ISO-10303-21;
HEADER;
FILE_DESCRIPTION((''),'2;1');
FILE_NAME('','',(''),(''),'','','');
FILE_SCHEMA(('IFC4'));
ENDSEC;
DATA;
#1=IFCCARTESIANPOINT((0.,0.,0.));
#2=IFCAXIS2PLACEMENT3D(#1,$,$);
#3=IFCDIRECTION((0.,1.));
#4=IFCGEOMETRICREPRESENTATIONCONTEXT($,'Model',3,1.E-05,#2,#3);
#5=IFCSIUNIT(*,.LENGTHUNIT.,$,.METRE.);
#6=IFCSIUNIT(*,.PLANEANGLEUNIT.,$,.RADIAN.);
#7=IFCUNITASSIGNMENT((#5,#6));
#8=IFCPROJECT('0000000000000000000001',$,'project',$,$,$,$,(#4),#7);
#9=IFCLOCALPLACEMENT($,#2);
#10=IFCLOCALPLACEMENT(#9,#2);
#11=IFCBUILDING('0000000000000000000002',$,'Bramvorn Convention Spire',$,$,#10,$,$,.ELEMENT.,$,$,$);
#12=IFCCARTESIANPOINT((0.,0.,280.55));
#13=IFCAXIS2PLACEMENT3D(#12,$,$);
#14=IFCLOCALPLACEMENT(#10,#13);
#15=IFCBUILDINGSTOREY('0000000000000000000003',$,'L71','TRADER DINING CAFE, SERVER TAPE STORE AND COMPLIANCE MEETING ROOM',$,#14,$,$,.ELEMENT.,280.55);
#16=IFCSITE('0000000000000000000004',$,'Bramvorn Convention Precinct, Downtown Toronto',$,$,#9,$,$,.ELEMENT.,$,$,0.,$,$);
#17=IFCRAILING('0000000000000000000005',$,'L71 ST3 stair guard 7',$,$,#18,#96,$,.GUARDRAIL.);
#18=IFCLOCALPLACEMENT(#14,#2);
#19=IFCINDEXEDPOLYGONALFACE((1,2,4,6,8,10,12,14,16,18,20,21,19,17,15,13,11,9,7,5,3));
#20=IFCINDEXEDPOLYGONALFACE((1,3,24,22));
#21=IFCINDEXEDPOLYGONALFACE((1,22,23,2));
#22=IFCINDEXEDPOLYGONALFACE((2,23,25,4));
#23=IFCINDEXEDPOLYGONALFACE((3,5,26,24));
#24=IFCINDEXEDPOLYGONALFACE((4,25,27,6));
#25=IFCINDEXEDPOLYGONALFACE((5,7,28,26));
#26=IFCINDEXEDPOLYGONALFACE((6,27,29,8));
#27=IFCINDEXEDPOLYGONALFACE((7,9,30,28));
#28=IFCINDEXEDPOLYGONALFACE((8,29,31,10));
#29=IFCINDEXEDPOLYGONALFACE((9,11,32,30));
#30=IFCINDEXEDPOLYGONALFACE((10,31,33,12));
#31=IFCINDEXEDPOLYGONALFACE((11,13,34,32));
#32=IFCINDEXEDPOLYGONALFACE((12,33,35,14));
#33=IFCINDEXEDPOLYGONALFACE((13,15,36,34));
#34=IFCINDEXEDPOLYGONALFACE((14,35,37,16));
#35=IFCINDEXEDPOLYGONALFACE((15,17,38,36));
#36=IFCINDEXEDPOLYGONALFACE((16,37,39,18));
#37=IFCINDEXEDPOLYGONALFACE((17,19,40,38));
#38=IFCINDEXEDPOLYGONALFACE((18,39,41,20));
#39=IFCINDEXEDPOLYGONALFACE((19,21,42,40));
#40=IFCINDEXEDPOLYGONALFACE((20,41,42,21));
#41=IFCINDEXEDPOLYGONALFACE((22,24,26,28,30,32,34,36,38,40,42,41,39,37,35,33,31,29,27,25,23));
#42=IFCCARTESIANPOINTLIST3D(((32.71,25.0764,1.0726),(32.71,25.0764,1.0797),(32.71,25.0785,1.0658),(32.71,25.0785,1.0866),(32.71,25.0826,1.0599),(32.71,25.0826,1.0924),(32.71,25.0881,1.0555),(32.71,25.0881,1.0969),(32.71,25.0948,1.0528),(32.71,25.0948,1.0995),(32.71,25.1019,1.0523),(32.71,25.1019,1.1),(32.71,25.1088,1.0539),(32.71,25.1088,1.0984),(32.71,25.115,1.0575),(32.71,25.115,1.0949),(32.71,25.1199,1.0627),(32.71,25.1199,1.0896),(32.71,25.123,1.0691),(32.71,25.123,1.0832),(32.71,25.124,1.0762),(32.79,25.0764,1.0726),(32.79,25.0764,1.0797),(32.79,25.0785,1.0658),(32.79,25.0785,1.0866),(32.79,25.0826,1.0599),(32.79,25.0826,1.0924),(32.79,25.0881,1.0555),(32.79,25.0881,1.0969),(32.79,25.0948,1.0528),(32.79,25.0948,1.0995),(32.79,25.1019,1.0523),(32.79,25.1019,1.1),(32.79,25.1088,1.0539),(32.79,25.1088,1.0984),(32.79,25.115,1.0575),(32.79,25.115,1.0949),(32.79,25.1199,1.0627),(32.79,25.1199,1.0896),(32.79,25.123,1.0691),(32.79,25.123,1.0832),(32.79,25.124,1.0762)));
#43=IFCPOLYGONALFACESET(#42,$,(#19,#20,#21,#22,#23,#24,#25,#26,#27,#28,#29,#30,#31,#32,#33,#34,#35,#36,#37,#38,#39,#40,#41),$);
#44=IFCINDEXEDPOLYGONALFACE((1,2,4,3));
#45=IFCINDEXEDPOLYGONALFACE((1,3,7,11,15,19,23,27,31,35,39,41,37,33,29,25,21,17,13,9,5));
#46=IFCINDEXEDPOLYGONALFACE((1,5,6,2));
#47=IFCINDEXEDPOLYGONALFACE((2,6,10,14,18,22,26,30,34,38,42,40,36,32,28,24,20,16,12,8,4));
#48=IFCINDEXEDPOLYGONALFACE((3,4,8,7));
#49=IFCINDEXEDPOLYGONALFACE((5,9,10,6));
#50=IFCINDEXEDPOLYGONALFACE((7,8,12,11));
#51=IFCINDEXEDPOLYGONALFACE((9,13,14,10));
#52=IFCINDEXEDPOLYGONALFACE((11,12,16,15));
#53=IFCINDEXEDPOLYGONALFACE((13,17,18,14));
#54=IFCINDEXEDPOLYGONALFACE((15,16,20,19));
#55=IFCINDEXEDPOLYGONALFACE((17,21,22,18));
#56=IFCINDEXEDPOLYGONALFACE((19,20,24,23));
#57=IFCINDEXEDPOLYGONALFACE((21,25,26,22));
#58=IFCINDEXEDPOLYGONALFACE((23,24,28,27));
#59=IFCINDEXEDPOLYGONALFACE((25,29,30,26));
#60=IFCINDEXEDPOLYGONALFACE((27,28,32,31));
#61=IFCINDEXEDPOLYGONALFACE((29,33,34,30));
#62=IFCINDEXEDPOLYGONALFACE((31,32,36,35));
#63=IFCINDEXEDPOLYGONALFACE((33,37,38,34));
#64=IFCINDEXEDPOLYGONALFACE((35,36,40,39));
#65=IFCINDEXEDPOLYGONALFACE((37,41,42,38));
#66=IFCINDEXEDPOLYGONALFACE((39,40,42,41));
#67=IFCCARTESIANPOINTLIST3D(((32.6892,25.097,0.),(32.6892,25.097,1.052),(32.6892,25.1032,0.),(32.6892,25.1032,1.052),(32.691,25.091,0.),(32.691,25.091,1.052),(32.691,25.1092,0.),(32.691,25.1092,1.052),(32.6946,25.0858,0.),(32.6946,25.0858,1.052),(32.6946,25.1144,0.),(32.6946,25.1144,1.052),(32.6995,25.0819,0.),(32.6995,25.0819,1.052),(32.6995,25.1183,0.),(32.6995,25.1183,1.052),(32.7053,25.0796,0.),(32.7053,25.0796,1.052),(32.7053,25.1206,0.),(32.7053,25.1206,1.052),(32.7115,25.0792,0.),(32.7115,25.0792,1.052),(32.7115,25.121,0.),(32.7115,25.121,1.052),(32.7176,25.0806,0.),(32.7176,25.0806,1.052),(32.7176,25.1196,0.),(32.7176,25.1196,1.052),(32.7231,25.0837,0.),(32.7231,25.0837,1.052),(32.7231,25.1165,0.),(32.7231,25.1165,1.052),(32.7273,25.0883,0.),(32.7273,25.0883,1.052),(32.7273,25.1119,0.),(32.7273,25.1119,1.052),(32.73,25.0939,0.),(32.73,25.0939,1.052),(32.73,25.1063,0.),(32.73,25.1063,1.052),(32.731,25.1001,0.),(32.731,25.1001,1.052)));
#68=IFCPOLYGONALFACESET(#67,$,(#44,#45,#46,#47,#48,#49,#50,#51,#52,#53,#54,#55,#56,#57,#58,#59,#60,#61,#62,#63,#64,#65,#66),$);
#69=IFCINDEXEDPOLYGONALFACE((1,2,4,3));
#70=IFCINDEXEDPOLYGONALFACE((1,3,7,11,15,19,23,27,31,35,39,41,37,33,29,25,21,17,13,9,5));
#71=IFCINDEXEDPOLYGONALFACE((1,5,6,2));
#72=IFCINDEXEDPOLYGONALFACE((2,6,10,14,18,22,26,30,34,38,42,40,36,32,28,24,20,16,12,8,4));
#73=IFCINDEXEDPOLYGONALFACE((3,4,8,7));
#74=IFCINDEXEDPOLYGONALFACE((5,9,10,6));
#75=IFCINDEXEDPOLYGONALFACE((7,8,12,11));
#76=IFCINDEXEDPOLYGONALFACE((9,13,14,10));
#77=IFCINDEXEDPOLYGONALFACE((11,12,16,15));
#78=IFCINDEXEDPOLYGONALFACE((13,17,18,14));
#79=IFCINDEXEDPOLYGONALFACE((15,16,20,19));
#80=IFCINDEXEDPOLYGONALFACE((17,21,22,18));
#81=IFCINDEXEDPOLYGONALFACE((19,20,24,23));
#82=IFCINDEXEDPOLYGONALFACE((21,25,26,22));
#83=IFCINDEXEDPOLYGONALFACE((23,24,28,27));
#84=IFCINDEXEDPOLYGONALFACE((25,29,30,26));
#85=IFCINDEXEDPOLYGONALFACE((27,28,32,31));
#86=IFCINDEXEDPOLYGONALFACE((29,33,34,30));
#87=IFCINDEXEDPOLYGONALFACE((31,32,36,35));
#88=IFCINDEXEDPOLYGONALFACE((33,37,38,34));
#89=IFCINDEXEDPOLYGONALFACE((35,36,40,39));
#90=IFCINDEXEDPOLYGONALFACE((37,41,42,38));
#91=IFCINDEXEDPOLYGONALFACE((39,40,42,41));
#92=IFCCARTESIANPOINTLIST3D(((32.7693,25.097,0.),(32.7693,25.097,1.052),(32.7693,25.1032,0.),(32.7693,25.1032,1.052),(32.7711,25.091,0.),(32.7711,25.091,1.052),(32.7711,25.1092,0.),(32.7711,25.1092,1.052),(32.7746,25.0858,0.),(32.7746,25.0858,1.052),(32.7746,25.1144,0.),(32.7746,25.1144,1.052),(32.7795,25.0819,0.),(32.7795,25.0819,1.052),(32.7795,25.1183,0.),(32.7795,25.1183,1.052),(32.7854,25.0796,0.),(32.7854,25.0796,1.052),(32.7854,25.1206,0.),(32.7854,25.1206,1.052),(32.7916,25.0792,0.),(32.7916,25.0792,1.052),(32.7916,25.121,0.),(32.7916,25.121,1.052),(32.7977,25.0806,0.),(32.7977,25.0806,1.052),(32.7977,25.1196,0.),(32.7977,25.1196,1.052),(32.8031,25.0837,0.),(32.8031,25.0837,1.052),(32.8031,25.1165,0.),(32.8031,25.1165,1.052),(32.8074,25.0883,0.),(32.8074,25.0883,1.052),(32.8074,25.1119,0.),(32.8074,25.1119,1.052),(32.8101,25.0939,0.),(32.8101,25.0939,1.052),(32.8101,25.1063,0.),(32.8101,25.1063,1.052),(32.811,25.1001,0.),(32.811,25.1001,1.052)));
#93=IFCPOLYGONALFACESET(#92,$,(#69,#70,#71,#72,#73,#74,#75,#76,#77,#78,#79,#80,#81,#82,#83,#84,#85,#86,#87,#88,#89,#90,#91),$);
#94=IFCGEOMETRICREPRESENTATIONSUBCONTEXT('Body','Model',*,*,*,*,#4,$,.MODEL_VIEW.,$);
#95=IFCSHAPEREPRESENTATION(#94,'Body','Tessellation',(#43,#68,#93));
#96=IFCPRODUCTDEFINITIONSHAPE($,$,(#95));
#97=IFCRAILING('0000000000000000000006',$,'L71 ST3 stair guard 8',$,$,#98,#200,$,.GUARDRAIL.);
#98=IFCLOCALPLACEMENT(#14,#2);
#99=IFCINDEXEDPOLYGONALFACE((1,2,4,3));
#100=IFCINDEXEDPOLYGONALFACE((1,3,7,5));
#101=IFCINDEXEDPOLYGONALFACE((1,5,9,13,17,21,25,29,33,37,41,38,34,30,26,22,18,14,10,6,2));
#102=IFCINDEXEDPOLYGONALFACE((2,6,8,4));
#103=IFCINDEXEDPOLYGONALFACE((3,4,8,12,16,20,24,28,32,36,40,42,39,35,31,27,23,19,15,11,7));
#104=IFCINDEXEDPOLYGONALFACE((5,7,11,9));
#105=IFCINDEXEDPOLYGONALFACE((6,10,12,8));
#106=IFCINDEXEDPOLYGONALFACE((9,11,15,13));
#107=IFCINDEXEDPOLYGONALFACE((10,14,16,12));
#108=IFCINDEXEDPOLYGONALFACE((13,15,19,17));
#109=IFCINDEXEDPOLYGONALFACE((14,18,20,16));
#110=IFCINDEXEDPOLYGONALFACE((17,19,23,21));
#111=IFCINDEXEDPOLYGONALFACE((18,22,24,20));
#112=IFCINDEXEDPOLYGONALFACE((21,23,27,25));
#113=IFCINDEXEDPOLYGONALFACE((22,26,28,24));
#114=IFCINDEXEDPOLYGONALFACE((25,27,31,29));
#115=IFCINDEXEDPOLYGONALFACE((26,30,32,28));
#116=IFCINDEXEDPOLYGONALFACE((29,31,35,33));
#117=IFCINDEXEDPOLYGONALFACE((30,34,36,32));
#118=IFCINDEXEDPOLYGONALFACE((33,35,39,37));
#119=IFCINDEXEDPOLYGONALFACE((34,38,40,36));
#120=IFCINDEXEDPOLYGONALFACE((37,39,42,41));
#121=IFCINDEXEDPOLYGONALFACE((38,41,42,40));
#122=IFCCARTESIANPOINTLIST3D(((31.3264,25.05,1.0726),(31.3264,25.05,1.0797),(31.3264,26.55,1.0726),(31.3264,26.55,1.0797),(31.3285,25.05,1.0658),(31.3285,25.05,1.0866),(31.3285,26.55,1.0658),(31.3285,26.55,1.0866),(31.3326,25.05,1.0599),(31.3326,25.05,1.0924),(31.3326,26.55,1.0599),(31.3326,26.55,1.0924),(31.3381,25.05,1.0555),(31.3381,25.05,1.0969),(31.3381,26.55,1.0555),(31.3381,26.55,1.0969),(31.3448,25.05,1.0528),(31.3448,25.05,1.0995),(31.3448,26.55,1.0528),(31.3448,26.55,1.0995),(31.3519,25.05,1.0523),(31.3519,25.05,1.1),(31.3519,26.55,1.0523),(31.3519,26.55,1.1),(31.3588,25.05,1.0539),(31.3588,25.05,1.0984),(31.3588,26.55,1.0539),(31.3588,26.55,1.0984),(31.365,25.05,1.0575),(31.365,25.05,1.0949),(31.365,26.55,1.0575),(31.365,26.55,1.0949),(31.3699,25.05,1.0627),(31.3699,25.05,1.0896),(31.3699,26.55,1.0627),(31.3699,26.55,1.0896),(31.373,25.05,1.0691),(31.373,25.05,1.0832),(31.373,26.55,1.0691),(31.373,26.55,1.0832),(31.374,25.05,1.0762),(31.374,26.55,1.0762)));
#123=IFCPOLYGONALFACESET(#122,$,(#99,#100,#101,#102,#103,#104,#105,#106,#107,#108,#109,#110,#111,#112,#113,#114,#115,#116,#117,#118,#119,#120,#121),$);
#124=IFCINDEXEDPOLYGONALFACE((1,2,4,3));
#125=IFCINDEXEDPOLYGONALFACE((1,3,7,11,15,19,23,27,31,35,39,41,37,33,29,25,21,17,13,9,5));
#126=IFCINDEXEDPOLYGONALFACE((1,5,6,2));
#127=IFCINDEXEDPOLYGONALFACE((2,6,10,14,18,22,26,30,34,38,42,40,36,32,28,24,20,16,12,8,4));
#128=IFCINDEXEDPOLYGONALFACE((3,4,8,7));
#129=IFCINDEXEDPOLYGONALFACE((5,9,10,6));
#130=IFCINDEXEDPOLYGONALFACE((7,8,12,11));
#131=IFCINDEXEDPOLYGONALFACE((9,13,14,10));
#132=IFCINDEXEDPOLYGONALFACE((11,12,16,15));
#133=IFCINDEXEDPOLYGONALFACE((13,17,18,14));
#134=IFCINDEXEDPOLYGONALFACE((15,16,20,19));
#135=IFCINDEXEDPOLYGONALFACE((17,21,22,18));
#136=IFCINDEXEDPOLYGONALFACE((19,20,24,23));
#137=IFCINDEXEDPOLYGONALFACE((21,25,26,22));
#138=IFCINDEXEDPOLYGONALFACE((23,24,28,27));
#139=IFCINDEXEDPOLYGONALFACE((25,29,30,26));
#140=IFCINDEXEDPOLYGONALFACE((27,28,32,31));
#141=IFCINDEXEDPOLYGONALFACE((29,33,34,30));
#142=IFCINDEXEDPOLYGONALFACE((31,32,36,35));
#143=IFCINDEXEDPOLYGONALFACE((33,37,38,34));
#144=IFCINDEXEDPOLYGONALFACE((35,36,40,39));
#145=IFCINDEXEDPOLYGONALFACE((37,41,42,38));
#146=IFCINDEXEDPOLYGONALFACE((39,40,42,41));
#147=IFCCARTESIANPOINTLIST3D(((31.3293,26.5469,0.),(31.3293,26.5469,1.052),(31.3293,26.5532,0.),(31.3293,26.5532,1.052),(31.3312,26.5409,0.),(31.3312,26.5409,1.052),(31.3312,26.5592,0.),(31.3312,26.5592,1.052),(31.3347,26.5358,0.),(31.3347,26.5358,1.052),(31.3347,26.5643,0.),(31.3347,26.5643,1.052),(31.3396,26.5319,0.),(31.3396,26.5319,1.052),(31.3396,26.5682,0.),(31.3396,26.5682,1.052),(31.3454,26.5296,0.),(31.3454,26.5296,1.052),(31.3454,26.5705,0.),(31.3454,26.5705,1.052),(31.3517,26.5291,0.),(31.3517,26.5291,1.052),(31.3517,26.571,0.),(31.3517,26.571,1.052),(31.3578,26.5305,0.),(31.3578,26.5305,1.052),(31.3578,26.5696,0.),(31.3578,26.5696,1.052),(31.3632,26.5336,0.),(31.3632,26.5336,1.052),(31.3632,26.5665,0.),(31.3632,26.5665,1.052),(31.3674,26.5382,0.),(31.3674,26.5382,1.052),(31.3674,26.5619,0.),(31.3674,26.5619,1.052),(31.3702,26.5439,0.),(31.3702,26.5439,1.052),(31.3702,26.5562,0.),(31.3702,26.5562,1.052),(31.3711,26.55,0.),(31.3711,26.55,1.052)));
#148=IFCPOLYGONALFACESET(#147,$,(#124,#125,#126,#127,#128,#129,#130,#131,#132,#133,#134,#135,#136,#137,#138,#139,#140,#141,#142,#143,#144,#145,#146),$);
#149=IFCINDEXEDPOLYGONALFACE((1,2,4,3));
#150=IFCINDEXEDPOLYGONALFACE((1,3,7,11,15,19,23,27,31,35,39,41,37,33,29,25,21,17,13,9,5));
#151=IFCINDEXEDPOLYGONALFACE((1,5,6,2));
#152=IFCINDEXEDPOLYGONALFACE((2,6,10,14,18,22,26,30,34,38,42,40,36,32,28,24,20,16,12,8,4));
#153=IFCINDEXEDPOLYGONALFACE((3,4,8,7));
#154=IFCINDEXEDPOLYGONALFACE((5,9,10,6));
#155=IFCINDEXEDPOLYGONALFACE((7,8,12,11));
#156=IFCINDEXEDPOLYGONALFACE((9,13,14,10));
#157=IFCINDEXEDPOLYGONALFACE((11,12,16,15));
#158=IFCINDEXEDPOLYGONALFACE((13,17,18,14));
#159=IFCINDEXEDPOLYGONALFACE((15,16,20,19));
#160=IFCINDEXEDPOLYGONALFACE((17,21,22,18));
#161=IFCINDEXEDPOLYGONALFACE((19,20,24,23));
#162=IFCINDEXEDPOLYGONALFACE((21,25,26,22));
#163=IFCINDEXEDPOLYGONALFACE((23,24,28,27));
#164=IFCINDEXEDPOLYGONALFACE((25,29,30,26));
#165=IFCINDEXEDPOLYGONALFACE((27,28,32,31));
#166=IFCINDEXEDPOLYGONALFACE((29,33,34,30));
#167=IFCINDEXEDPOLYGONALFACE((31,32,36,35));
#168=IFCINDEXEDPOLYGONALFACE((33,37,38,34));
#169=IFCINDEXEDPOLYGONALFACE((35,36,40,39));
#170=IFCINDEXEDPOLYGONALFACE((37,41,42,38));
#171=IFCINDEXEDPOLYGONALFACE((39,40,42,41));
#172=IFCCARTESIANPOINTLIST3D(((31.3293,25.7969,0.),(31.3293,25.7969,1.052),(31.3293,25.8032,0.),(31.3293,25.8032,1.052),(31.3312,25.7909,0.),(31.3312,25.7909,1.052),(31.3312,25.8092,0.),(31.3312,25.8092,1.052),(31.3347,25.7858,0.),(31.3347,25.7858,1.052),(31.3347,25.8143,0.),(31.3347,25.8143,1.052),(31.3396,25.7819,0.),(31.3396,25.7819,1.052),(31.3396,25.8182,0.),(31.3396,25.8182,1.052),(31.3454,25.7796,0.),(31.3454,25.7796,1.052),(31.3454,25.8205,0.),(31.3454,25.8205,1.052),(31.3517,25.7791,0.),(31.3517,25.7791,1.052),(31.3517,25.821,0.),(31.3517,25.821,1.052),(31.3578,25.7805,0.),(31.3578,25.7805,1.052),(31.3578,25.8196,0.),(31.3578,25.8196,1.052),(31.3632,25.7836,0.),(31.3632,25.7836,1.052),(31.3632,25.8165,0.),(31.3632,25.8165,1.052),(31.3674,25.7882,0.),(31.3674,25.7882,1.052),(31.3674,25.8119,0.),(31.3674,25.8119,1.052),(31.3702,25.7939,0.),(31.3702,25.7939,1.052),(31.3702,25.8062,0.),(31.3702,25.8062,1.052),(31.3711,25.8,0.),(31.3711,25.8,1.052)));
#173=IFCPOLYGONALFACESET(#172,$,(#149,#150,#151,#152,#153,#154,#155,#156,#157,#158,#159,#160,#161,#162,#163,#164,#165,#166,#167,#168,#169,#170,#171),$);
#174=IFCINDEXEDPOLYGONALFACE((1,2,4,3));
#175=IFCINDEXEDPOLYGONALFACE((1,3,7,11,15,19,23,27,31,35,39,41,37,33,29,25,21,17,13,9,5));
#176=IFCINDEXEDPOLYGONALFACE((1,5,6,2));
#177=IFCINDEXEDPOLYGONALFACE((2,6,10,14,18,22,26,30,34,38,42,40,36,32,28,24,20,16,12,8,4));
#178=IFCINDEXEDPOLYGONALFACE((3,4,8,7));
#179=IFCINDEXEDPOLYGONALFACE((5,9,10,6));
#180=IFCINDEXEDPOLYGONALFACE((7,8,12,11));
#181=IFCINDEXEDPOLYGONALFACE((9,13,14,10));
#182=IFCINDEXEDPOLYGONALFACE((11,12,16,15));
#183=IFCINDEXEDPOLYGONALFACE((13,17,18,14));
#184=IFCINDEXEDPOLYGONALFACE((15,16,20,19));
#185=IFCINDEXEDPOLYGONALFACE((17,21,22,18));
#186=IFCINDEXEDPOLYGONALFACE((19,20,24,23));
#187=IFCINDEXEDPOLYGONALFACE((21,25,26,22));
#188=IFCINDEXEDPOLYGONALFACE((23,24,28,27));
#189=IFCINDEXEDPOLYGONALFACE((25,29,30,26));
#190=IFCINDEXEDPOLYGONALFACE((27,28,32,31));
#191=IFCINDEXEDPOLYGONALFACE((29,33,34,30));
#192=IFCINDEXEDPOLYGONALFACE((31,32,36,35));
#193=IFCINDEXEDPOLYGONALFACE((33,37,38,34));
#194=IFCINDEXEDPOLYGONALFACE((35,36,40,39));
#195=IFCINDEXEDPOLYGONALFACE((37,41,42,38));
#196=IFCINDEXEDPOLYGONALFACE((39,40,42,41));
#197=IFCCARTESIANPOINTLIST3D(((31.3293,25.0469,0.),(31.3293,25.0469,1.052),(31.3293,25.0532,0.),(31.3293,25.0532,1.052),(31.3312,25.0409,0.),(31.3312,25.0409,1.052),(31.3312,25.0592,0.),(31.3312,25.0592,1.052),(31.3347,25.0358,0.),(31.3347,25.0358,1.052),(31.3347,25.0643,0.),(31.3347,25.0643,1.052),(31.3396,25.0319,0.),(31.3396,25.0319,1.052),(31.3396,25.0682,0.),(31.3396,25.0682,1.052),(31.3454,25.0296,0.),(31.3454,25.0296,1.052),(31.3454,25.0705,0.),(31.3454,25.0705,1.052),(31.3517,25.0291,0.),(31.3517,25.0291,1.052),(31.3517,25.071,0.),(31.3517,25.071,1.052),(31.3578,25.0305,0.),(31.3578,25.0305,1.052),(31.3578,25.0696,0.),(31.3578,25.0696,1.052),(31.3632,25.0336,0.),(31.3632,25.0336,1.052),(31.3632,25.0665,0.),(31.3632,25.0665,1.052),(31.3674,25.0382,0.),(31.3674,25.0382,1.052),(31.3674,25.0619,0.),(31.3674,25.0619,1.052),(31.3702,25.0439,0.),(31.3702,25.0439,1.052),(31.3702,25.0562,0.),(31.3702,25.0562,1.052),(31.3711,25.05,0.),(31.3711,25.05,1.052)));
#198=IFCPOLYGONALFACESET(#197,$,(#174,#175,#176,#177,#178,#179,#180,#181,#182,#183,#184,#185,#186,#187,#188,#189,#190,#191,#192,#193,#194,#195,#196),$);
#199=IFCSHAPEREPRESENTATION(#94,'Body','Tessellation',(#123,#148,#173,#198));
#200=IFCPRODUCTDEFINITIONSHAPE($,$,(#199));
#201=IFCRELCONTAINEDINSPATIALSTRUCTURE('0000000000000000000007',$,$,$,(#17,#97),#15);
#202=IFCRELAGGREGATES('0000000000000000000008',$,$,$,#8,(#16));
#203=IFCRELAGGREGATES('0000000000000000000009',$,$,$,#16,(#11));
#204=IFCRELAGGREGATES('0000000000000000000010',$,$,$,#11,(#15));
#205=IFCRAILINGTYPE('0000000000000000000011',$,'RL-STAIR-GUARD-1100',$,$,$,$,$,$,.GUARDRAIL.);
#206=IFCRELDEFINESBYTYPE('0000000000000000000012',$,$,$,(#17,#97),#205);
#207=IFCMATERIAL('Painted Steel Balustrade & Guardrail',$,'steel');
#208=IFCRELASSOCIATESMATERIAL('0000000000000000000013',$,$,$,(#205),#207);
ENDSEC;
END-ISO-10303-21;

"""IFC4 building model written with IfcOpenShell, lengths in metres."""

from ifc_helpers import new_model, si_unit, direction, frame, origin, origin_2d, place, context, subcontext, project, spatial, circle, extrude, material, type_object, element, save


model = new_model("IFC4")

# Units and contexts
model_context = context("Model", 3, precision=1e-05, world=origin(), true_north=direction((0.0, 1.0)))
body_context = subcontext(model_context, "Body", "Model", "MODEL_VIEW")
ifc_project = project(units=[si_unit("LENGTHUNIT", "METRE"), si_unit("PLANEANGLEUNIT", "RADIAN")], contexts=[model_context])

# Site, building, storey
site_placement = place(None, origin())
site = spatial("IfcSite", under=ifc_project, at=site_placement, Name="Bramvorn Convention Precinct, Downtown Toronto", CompositionType="ELEMENT", RefElevation=0.0)
building_placement = place(site_placement, origin())
building = spatial("IfcBuilding", under=site, at=building_placement, Name="Bramvorn Convention Spire", CompositionType="ELEMENT")
storey_placement = place(building_placement, frame((0.0, 0.0, 280.55)))
storey = spatial("IfcBuildingStorey", under=building, at=storey_placement, Name="L71", Description="TRADER DINING CAFE, SERVER TAPE STORE AND COMPLIANCE MEETING ROOM", CompositionType="ELEMENT", Elevation=280.55)

# Railings
ifc_material_1 = material(Name="Painted Steel Balustrade & Guardrail", Category="steel")
railing_type_1 = type_object("IfcRailingType", Name="RL-STAIR-GUARD-1100", PredefinedType="GUARDRAIL", material=ifc_material_1)
railing_1_placement = place(storey_placement, frame((32.71, 25.1001, 0.0)))
element("IfcRailing", 1, at=railing_1_placement, inside=storey, type_object=railing_type_1, Name="L71 ST3 stair guard 7", PredefinedType="GUARDRAIL", context=body_context, shape_type="SweptSolid", body=[
    extrude(circle(Radius=0.0239, at=origin_2d()), frame((0.0, 0.0, 1.0762), z_axis=(1.0, 0.0, 0.0), x_axis=(0.0, 1.0, 0.0)), (0.0, 0.0, 1.0), 0.0801),
    extrude(circle(Radius=0.021, at=origin_2d()), origin(), (0.0, 0.0, 1.0), 1.052),
    extrude(circle(Radius=0.021, at=origin_2d()), frame((0.0801, 0.0, 0.0)), (0.0, 0.0, 1.0), 1.052),
])
for number, where, name in (
    (2, (31.3501, 26.55, 0.0), "L71 ST3 stair guard 8"),
):
    element("IfcRailing", number, at=place(storey_placement, frame(where)), inside=storey, type_object=railing_type_1, Name=name, PredefinedType="GUARDRAIL", context=body_context, shape_type="SweptSolid", body=[
        extrude(circle(Radius=0.0239, at=origin_2d()), frame((0.0, 0.0, 1.0762), z_axis=(0.0, -1.0, 0.0), x_axis=(1.0, 0.0, 0.0)), (0.0, 0.0, 1.0), 1.5),
        extrude(circle(Radius=0.021, at=origin_2d()), origin(), (0.0, 0.0, 1.0), 1.052),
        extrude(circle(Radius=0.021, at=origin_2d()), frame((0.0, -0.75, 0.0)), (0.0, 0.0, 1.0), 1.052),
        extrude(circle(Radius=0.021, at=origin_2d()), frame((0.0, -1.5, 0.0)), (0.0, 0.0, 1.0), 1.052),
    ])

save(model, "model.ifc")
